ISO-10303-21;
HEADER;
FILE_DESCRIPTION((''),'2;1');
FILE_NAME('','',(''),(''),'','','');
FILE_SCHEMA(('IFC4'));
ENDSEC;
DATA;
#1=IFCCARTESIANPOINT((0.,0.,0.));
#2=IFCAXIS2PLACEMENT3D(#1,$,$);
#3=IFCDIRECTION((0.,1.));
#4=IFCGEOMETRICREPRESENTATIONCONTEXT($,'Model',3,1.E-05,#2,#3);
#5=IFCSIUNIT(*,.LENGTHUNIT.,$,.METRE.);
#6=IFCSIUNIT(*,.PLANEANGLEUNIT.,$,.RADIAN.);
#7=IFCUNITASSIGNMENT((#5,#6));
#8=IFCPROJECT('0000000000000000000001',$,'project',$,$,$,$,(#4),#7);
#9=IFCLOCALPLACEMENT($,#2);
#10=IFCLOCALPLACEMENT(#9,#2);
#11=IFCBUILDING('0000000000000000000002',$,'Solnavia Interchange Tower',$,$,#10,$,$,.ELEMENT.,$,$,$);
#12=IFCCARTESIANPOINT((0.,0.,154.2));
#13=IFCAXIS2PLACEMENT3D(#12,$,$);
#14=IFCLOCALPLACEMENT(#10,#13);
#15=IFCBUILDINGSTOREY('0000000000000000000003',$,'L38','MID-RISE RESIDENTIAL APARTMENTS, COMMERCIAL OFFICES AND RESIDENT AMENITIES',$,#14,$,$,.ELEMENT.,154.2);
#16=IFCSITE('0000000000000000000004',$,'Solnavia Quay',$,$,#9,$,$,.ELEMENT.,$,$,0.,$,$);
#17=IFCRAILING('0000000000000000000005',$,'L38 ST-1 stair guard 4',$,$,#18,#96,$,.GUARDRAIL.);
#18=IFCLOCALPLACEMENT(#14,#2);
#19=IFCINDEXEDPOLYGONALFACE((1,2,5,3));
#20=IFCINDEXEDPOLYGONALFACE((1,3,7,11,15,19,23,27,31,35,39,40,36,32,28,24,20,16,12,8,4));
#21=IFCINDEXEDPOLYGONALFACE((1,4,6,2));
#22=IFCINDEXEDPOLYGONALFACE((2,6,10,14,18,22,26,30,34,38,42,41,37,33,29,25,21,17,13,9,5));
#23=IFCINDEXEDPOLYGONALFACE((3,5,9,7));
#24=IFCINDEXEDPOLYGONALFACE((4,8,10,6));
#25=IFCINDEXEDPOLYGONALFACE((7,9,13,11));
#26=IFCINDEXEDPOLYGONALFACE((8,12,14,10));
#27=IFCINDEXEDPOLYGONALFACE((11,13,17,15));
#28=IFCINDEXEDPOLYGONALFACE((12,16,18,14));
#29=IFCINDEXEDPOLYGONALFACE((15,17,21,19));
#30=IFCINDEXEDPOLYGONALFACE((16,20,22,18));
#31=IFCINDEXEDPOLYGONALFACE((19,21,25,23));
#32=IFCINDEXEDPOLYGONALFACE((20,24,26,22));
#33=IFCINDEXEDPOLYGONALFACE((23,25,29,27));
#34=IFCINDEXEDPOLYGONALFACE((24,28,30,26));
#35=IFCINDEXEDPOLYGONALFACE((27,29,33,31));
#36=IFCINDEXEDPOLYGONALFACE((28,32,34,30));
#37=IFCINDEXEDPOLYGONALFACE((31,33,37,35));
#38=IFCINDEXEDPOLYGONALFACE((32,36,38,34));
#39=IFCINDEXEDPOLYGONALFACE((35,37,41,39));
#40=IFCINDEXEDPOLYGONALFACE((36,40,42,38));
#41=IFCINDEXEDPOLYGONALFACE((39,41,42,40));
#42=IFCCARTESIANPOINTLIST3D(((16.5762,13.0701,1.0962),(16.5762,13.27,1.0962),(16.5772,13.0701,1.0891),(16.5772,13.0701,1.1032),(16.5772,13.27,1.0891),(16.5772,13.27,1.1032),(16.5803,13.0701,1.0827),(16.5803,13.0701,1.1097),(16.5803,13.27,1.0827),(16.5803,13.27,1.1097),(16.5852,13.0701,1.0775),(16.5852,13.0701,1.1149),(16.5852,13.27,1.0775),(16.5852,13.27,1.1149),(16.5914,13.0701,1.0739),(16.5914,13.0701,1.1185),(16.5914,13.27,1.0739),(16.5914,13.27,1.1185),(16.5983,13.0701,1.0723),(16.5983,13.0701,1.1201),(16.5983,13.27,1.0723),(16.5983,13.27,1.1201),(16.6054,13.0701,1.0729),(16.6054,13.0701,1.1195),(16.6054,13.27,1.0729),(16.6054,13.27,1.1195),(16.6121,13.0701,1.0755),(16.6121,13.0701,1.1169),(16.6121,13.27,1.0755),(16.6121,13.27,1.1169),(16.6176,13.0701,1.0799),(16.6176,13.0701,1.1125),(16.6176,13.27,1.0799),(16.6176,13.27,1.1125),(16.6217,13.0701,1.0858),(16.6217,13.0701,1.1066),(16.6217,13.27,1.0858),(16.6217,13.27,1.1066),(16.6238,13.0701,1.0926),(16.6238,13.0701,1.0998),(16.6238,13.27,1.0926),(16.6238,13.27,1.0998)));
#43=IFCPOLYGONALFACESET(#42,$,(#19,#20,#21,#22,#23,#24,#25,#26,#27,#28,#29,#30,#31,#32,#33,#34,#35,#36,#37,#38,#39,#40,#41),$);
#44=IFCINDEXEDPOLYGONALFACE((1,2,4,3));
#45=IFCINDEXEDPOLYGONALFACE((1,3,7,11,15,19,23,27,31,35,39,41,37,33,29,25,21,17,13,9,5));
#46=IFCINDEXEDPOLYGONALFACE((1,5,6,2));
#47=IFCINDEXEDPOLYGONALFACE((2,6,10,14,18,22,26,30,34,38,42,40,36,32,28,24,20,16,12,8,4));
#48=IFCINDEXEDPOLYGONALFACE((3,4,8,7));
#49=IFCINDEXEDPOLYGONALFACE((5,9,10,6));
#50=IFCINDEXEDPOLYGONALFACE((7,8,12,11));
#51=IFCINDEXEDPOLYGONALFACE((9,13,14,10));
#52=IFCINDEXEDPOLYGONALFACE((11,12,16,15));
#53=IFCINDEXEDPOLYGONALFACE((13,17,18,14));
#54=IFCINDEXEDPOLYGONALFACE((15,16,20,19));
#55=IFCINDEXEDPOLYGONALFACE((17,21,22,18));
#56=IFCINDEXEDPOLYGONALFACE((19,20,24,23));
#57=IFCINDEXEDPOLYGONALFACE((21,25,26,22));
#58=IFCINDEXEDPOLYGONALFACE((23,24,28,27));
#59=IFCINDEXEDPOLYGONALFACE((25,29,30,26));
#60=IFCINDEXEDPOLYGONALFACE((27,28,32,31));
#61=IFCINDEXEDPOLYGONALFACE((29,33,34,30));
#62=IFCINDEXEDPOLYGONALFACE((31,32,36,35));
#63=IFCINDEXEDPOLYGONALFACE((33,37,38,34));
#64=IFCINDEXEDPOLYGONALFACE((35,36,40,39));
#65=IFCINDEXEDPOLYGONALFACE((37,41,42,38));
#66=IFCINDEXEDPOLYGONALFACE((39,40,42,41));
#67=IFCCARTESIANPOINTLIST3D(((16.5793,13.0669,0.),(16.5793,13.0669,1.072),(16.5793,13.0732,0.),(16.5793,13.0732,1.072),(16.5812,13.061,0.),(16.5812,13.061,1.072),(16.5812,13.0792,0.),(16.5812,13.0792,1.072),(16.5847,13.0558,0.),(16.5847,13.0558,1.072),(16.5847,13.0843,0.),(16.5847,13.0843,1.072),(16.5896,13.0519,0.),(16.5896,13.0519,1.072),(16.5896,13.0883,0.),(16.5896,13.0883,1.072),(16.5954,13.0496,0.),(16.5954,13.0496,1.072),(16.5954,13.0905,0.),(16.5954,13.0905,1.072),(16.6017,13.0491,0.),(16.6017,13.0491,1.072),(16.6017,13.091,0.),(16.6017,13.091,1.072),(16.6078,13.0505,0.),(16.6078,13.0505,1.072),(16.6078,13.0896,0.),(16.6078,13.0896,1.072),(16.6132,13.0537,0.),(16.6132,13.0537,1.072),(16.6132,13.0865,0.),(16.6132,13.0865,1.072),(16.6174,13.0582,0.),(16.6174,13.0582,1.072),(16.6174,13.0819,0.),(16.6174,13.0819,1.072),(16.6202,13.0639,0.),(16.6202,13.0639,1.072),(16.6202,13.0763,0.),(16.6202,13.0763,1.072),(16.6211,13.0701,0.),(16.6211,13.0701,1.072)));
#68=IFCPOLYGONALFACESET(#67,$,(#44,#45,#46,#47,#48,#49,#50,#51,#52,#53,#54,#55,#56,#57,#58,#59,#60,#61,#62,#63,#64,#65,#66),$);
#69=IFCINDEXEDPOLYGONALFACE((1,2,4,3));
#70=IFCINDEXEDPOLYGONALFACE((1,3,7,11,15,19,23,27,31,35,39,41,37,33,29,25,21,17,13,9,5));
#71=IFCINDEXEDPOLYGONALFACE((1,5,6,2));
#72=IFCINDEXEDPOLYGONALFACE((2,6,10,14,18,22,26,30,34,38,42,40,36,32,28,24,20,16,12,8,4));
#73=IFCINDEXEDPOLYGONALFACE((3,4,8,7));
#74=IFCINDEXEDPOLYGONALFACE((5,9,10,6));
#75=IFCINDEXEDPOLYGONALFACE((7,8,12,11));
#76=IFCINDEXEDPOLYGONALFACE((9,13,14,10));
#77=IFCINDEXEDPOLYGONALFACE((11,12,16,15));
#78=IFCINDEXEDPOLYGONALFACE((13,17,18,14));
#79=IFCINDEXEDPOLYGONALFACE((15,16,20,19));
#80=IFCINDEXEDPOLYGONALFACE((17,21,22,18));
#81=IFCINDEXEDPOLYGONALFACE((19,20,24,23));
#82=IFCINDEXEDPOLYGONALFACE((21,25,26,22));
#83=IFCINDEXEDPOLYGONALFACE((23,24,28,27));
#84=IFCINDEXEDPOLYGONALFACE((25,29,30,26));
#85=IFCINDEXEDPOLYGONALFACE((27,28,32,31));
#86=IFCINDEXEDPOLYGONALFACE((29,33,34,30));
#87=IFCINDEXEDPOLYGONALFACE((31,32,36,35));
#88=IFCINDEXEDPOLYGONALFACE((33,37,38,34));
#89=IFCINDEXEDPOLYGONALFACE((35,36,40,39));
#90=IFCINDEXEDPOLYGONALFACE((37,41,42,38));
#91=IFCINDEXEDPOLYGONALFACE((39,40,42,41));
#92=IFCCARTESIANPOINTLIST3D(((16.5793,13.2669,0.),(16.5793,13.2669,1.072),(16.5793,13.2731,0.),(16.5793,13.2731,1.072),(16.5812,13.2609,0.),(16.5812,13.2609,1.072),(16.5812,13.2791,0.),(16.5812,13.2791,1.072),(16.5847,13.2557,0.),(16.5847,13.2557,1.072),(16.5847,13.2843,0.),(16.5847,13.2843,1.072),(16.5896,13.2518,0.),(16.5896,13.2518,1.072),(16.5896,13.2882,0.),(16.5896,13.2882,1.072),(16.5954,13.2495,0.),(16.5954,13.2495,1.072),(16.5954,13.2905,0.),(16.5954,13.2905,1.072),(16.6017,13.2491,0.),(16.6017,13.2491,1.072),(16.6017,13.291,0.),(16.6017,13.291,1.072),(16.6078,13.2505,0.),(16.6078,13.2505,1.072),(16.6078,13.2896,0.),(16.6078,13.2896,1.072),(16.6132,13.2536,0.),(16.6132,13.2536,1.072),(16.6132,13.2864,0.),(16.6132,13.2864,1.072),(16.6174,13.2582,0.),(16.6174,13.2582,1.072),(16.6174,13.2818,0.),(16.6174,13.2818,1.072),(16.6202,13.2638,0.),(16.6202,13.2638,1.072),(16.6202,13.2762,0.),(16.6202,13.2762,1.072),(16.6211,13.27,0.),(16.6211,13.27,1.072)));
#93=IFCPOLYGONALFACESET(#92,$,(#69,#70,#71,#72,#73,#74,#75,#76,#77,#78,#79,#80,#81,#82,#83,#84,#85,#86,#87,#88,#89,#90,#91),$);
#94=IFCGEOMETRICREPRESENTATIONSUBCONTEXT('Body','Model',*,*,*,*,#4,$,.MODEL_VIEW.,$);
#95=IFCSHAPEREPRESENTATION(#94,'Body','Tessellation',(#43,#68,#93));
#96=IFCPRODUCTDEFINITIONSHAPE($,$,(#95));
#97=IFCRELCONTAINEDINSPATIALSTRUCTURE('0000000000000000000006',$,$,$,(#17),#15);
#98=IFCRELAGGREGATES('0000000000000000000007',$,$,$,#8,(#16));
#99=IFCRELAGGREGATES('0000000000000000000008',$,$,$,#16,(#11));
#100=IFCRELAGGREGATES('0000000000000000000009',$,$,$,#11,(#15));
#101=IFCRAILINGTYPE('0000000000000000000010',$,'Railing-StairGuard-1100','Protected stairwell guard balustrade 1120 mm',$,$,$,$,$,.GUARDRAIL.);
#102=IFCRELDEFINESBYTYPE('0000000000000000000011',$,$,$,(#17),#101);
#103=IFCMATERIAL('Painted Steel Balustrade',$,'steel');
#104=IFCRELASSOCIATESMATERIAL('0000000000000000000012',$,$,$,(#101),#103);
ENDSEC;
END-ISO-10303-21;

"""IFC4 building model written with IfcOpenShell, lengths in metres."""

from ifc_helpers import new_model, si_unit, direction, frame, origin, origin_2d, place, context, subcontext, project, spatial, circle, extrude, material, type_object, element, save


model = new_model("IFC4")

# Units and contexts
model_context = context("Model", 3, precision=1e-05, world=origin(), true_north=direction((0.0, 1.0)))
body_context = subcontext(model_context, "Body", "Model", "MODEL_VIEW")
ifc_project = project(units=[si_unit("LENGTHUNIT", "METRE"), si_unit("PLANEANGLEUNIT", "RADIAN")], contexts=[model_context])

# Site, building, storey
site_placement = place(None, origin())
site = spatial("IfcSite", under=ifc_project, at=site_placement, Name="Solnavia Quay", CompositionType="ELEMENT", RefElevation=0.0)
building_placement = place(site_placement, origin())
building = spatial("IfcBuilding", under=site, at=building_placement, Name="Solnavia Interchange Tower", CompositionType="ELEMENT")
storey_placement = place(building_placement, frame((0.0, 0.0, 154.2)))
storey = spatial("IfcBuildingStorey", under=building, at=storey_placement, Name="L38", Description="MID-RISE RESIDENTIAL APARTMENTS, COMMERCIAL OFFICES AND RESIDENT AMENITIES", CompositionType="ELEMENT", Elevation=154.2)

# Railing
ifc_material_1 = material(Name="Painted Steel Balustrade", Category="steel")
railing_type_1 = type_object("IfcRailingType", Name="Railing-StairGuard-1100", Description="Protected stairwell guard balustrade 1120 mm", PredefinedType="GUARDRAIL", material=ifc_material_1)
railing_1_placement = place(storey_placement, frame((16.6001, 13.0701, 0.0)))
element("IfcRailing", 1, at=railing_1_placement, inside=storey, type_object=railing_type_1, Name="L38 ST-1 stair guard 4", PredefinedType="GUARDRAIL", context=body_context, shape_type="SweptSolid", body=[
    extrude(circle(Radius=0.0239, at=origin_2d()), frame((0.0, 0.0, 1.0962), z_axis=(0.0, 1.0, 0.0), x_axis=(-1.0, 0.0, 0.0)), (0.0, 0.0, 1.0), 0.2),
    extrude(circle(Radius=0.021, at=origin_2d()), origin(), (0.0, 0.0, 1.0), 1.072),
    extrude(circle(Radius=0.021, at=origin_2d()), frame((0.0, 0.2, 0.0)), (0.0, 0.0, 1.0), 1.072),
])

save(model, "model.ifc")
